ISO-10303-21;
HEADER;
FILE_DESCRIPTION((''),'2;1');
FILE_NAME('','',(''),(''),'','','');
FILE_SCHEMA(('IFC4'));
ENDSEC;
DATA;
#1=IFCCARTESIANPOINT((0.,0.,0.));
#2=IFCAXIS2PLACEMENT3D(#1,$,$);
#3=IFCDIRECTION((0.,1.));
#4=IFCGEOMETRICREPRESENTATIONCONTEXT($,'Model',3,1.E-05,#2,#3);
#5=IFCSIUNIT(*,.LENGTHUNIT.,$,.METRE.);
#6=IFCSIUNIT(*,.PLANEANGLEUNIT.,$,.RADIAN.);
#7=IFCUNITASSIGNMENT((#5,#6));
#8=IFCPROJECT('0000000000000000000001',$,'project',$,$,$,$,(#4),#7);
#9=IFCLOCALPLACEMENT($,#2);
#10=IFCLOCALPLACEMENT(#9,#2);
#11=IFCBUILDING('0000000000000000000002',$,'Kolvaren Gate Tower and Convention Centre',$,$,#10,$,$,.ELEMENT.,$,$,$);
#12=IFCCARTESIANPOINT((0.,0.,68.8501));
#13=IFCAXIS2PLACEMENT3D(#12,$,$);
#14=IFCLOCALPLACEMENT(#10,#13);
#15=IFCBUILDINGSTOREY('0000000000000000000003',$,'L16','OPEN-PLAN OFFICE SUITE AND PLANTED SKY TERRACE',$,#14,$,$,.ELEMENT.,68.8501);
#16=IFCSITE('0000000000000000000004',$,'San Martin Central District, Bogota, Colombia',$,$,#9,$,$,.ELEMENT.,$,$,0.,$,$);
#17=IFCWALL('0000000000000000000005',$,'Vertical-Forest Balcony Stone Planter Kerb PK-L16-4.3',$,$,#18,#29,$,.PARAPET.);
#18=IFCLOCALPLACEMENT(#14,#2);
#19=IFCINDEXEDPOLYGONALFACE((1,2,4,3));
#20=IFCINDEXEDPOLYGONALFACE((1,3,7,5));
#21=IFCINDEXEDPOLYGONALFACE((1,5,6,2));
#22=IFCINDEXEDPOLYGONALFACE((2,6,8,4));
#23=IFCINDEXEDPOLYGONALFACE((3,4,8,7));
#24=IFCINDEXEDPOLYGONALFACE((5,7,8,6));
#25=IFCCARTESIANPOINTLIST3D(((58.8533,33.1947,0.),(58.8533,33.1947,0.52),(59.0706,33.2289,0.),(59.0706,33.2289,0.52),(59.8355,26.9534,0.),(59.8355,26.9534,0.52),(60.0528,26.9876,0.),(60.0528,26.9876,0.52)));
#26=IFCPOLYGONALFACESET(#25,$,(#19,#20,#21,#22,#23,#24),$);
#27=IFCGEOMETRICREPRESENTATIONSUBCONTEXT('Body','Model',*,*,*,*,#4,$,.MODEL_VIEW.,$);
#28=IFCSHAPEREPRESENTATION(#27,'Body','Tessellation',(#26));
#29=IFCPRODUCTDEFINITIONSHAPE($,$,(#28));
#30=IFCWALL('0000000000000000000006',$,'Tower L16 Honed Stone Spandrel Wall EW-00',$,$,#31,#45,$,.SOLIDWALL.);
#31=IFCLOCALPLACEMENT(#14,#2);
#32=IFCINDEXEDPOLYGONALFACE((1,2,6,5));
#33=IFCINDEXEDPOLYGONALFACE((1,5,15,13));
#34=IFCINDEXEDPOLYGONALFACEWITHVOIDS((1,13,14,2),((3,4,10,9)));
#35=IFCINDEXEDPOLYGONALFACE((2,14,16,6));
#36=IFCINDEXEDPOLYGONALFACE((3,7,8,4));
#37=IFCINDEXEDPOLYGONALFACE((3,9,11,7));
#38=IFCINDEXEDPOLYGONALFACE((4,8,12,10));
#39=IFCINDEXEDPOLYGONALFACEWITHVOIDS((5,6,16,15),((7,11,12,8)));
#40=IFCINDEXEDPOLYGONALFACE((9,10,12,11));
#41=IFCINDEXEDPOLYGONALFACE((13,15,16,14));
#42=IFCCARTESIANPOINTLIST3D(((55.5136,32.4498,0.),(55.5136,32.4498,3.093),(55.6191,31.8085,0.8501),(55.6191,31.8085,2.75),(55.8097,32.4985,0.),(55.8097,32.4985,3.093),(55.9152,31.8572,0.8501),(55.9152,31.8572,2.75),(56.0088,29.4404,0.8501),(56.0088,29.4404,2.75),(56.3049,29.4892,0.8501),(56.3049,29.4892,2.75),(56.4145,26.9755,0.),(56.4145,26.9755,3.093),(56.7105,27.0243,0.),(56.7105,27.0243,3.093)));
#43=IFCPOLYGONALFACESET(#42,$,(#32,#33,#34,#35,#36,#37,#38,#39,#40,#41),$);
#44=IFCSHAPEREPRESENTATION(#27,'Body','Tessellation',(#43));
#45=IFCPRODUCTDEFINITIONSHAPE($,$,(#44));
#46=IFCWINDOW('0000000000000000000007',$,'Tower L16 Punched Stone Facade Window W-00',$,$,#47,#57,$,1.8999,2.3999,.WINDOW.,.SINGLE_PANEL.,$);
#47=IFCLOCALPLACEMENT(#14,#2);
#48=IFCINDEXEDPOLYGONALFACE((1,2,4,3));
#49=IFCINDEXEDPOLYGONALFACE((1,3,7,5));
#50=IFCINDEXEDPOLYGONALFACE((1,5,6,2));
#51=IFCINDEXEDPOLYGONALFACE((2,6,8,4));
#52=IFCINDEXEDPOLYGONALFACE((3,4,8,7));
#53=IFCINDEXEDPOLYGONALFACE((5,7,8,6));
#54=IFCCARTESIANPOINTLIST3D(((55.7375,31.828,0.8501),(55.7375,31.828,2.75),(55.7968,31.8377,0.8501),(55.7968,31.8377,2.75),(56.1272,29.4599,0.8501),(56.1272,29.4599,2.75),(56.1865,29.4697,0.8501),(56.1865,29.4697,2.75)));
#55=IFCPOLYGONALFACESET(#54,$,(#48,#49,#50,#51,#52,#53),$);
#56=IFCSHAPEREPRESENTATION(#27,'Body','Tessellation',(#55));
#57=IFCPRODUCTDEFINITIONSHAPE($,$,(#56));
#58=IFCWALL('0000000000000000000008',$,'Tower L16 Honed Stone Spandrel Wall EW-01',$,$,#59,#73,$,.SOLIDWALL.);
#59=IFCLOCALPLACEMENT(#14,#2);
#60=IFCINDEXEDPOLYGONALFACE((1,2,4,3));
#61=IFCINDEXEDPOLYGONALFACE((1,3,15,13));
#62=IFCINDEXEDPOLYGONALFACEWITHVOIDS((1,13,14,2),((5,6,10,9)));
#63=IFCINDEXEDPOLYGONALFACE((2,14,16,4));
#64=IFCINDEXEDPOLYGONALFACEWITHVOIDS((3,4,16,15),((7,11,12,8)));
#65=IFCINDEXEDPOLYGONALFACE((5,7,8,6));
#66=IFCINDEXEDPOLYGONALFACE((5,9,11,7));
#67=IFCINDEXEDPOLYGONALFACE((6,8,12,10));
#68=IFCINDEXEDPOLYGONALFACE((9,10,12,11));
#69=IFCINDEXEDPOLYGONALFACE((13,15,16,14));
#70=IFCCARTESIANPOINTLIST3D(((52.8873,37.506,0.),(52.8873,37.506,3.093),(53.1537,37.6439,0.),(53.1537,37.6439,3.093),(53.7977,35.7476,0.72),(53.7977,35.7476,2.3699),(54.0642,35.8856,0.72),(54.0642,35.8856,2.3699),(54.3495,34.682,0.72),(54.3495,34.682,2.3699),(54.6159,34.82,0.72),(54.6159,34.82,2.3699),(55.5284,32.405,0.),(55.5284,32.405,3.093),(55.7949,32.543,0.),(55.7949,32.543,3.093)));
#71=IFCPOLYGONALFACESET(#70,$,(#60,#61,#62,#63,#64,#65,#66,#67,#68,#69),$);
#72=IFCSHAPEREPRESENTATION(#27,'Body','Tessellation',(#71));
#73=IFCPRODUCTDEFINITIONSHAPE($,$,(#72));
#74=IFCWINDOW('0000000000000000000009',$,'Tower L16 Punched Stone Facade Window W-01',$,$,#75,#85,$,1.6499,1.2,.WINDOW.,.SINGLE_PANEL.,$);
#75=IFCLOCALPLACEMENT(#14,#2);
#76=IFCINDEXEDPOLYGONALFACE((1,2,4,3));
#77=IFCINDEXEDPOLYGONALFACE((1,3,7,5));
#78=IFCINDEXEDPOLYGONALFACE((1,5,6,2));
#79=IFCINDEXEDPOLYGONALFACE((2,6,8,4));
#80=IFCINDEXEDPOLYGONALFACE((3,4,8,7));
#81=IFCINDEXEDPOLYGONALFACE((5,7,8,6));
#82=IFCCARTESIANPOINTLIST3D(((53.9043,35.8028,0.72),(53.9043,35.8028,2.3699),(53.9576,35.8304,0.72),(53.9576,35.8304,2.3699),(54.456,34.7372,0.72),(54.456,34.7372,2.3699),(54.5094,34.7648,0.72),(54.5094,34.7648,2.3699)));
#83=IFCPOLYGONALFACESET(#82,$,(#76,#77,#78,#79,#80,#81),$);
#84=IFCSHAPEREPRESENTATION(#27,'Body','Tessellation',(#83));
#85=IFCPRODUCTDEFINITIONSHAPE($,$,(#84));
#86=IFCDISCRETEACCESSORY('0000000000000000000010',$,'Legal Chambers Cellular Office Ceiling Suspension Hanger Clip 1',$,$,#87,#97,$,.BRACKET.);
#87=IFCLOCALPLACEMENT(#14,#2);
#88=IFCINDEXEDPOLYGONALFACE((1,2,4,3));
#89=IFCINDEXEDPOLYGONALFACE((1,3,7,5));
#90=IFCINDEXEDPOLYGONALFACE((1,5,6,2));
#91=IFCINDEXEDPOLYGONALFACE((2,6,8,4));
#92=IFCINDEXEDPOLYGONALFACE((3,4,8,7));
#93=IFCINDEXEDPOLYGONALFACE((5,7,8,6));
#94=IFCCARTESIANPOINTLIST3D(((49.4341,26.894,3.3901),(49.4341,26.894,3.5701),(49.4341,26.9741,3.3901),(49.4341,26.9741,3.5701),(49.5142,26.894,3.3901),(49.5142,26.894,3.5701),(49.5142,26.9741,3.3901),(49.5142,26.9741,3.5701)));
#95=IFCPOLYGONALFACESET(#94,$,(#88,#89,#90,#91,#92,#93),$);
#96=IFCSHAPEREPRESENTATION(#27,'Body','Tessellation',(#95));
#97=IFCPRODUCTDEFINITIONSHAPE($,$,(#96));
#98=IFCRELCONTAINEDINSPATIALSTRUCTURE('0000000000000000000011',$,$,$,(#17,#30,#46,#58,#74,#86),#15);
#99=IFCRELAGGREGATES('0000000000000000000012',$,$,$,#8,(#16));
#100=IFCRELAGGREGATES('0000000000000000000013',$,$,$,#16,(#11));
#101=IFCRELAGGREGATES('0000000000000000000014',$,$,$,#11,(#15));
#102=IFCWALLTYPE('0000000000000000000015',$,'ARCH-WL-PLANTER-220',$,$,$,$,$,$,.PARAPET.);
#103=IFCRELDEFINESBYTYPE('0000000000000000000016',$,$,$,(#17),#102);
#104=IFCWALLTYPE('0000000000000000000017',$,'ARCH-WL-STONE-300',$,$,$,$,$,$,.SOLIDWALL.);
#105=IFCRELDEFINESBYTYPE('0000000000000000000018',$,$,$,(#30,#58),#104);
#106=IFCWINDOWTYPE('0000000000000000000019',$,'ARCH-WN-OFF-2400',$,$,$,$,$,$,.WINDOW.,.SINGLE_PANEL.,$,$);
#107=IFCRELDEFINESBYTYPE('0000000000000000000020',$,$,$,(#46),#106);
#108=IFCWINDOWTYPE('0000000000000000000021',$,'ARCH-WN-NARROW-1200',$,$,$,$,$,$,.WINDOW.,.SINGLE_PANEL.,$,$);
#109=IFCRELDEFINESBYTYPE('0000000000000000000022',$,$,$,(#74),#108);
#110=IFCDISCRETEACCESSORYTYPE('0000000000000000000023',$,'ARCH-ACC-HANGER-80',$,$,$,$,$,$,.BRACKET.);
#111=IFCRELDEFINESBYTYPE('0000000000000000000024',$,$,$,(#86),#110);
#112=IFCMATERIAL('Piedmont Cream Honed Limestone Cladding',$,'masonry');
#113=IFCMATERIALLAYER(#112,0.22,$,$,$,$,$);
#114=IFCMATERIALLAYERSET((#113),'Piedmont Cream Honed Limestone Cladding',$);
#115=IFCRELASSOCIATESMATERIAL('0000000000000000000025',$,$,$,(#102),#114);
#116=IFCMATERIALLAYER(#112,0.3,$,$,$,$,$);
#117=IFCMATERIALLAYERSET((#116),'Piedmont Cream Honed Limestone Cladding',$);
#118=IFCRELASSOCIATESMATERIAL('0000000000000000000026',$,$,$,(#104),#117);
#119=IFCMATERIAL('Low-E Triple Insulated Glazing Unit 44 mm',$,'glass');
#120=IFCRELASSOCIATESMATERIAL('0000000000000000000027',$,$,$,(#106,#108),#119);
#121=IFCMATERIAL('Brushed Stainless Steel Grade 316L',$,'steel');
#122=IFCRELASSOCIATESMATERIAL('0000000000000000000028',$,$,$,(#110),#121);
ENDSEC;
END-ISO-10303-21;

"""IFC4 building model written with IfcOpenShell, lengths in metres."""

from ifc_helpers import new_model, si_unit, direction, frame, frame_2d, origin, origin_2d, place, context, subcontext, project, spatial, rectangle, extrude, material, layer, layer_set, type_object, element, fill, save


model = new_model("IFC4")

# Units and contexts
model_context = context("Model", 3, precision=1e-05, world=origin(), true_north=direction((0.0, 1.0)))
body_context = subcontext(model_context, "Body", "Model", "MODEL_VIEW")
ifc_project = project(units=[si_unit("LENGTHUNIT", "METRE"), si_unit("PLANEANGLEUNIT", "RADIAN")], contexts=[model_context])

# Site, building, storey
site_placement = place(None, origin())
site = spatial("IfcSite", under=ifc_project, at=site_placement, Name="San Martin Central District, Bogota, Colombia", CompositionType="ELEMENT", RefElevation=0.0)
building_placement = place(site_placement, origin())
building = spatial("IfcBuilding", under=site, at=building_placement, Name="Kolvaren Gate Tower and Convention Centre", CompositionType="ELEMENT")
storey_placement = place(building_placement, frame((0.0, 0.0, 68.8501)))
storey = spatial("IfcBuildingStorey", under=building, at=storey_placement, Name="L16", Description="OPEN-PLAN OFFICE SUITE AND PLANTED SKY TERRACE", CompositionType="ELEMENT", Elevation=68.8501)

# Wall
ifc_material_1 = material(Name="Piedmont Cream Honed Limestone Cladding", Category="masonry")
ifc_layer_1 = layer(ifc_material_1, 0.22)
ifc_layer_set_1 = layer_set([ifc_layer_1], Name="Piedmont Cream Honed Limestone Cladding")
wall_type_1 = type_object("IfcWallType", Name="ARCH-WL-PLANTER-220", PredefinedType="PARAPET", material=ifc_layer_set_1)
wall_1_placement = place(storey_placement, frame((58.9619, 33.2119, 0.0), z_axis=(0.0, 0.0, 1.0), x_axis=(0.155457, -0.987843, 0.0)))
element("IfcWall", 1, at=wall_1_placement, inside=storey, type_object=wall_type_1, Name="Vertical-Forest Balcony Stone Planter Kerb PK-L16-4.3", PredefinedType="PARAPET", context=body_context, shape_type="SweptSolid", body=[
    extrude(rectangle(XDim=6.3181, YDim=0.22, at=frame_2d((3.1592, 0.0))), origin(), (0.0, 0.0, 1.0), 0.52),
])

# Walls, openings, windows
ifc_layer_2 = layer(ifc_material_1, 0.3)
ifc_layer_set_2 = layer_set([ifc_layer_2], Name="Piedmont Cream Honed Limestone Cladding")
wall_type_2 = type_object("IfcWallType", Name="ARCH-WL-STONE-300", PredefinedType="SOLIDWALL", material=ifc_layer_set_2)
wall_2_placement = place(storey_placement, frame((55.6616, 32.4741, 0.0), z_axis=(0.0, 0.0, 1.0), x_axis=(0.162386, -0.986727, 0.0)))
wall_2 = element("IfcWall", 2, at=wall_2_placement, inside=storey, type_object=wall_type_2, Name="Tower L16 Honed Stone Spandrel Wall EW-00", PredefinedType="SOLIDWALL", context=body_context, shape_type="SweptSolid", body=[
    extrude(rectangle(XDim=5.5479, YDim=0.3, at=frame_2d((2.7739, 0.0))), origin(), (0.0, 0.0, 1.0), 3.093),
])
opening_1_placement = place(wall_2_placement, frame((0.6499, 0.0, 0.8501)))
opening_1 = element("IfcOpeningElement", 3, at=opening_1_placement, cuts=wall_2, PredefinedType="OPENING", context=body_context, shape_type="SweptSolid", body=[
    extrude(rectangle(XDim=2.3999, YDim=1.8999, at=frame_2d((1.2, 0.95))), frame((0.0, 0.1599, 0.0), z_axis=(0.0, -1.0, 0.0), x_axis=(1.0, 0.0, 0.0)), (0.0, 0.0, 1.0), 0.3201),
])
ifc_material_2 = material(Name="Low-E Triple Insulated Glazing Unit 44 mm", Category="glass")
window_type_1 = type_object("IfcWindowType", Name="ARCH-WN-OFF-2400", PartitioningType="SINGLE_PANEL", PredefinedType="WINDOW", material=ifc_material_2)
window_1_placement = place(opening_1_placement, origin())
window_1 = element("IfcWindow", 4, at=window_1_placement, inside=storey, type_object=window_type_1, Name="Tower L16 Punched Stone Facade Window W-00", OverallHeight=1.8999, OverallWidth=2.3999, PartitioningType="SINGLE_PANEL", PredefinedType="WINDOW", context=body_context, shape_type="SweptSolid", body=[
    extrude(rectangle(XDim=2.3999, YDim=1.8999, at=frame_2d((1.2, 0.95))), frame((0.0, 0.03, 0.0), z_axis=(0.0, -1.0, 0.0), x_axis=(1.0, 0.0, 0.0)), (0.0, 0.0, 1.0), 0.0601),
])
fill(opening_1, window_1)
wall_3_placement = place(storey_placement, frame((53.0205, 37.575, 0.0), z_axis=(0.0, 0.0, 1.0), x_axis=(0.459801, -0.888022, 0.0)))
wall_3 = element("IfcWall", 5, at=wall_3_placement, inside=storey, type_object=wall_type_2, Name="Tower L16 Honed Stone Spandrel Wall EW-01", PredefinedType="SOLIDWALL", context=body_context, shape_type="SweptSolid", body=[
    extrude(rectangle(XDim=5.7441, YDim=0.3, at=frame_2d((2.8721, 0.0))), origin(), (0.0, 0.0, 1.0), 3.093),
])
opening_2_placement = place(wall_3_placement, frame((1.98, 0.0, 0.72)))
opening_2 = element("IfcOpeningElement", 6, at=opening_2_placement, cuts=wall_3, PredefinedType="OPENING", context=body_context, shape_type="SweptSolid", body=[
    extrude(rectangle(XDim=1.2, YDim=1.6499, at=frame_2d((0.6001, 0.825))), frame((0.0, 0.1599, 0.0), z_axis=(0.0, -1.0, 0.0), x_axis=(1.0, 0.0, 0.0)), (0.0, 0.0, 1.0), 0.3201),
])
window_type_2 = type_object("IfcWindowType", Name="ARCH-WN-NARROW-1200", PartitioningType="SINGLE_PANEL", PredefinedType="WINDOW", material=ifc_material_2)
window_2_placement = place(opening_2_placement, origin())
window_2 = element("IfcWindow", 7, at=window_2_placement, inside=storey, type_object=window_type_2, Name="Tower L16 Punched Stone Facade Window W-01", OverallHeight=1.6499, OverallWidth=1.2, PartitioningType="SINGLE_PANEL", PredefinedType="WINDOW", context=body_context, shape_type="SweptSolid", body=[
    extrude(rectangle(XDim=1.2, YDim=1.6499, at=frame_2d((0.6001, 0.825))), frame((0.0, 0.03, 0.0), z_axis=(0.0, -1.0, 0.0), x_axis=(1.0, 0.0, 0.0)), (0.0, 0.0, 1.0), 0.0601),
])
fill(opening_2, window_2)

# Discrete accessory
ifc_material_3 = material(Name="Brushed Stainless Steel Grade 316L", Category="steel")
discrete_accessory_type = type_object("IfcDiscreteAccessoryType", Name="ARCH-ACC-HANGER-80", PredefinedType="BRACKET", material=ifc_material_3)
discrete_accessory_placement = place(storey_placement, frame((49.4741, 26.9341, 3.3901), z_axis=(0.0, 0.0, 1.0), x_axis=(1.0, 0.0, 0.0)))
element("IfcDiscreteAccessory", 8, at=discrete_accessory_placement, inside=storey, type_object=discrete_accessory_type, Name="Legal Chambers Cellular Office Ceiling Suspension Hanger Clip 1", PredefinedType="BRACKET", context=body_context, shape_type="SweptSolid", body=[
    extrude(rectangle(XDim=0.0801, YDim=0.0801, at=origin_2d()), origin(), (0.0, 0.0, 1.0), 0.1799),
])

save(model, "model.ifc")
